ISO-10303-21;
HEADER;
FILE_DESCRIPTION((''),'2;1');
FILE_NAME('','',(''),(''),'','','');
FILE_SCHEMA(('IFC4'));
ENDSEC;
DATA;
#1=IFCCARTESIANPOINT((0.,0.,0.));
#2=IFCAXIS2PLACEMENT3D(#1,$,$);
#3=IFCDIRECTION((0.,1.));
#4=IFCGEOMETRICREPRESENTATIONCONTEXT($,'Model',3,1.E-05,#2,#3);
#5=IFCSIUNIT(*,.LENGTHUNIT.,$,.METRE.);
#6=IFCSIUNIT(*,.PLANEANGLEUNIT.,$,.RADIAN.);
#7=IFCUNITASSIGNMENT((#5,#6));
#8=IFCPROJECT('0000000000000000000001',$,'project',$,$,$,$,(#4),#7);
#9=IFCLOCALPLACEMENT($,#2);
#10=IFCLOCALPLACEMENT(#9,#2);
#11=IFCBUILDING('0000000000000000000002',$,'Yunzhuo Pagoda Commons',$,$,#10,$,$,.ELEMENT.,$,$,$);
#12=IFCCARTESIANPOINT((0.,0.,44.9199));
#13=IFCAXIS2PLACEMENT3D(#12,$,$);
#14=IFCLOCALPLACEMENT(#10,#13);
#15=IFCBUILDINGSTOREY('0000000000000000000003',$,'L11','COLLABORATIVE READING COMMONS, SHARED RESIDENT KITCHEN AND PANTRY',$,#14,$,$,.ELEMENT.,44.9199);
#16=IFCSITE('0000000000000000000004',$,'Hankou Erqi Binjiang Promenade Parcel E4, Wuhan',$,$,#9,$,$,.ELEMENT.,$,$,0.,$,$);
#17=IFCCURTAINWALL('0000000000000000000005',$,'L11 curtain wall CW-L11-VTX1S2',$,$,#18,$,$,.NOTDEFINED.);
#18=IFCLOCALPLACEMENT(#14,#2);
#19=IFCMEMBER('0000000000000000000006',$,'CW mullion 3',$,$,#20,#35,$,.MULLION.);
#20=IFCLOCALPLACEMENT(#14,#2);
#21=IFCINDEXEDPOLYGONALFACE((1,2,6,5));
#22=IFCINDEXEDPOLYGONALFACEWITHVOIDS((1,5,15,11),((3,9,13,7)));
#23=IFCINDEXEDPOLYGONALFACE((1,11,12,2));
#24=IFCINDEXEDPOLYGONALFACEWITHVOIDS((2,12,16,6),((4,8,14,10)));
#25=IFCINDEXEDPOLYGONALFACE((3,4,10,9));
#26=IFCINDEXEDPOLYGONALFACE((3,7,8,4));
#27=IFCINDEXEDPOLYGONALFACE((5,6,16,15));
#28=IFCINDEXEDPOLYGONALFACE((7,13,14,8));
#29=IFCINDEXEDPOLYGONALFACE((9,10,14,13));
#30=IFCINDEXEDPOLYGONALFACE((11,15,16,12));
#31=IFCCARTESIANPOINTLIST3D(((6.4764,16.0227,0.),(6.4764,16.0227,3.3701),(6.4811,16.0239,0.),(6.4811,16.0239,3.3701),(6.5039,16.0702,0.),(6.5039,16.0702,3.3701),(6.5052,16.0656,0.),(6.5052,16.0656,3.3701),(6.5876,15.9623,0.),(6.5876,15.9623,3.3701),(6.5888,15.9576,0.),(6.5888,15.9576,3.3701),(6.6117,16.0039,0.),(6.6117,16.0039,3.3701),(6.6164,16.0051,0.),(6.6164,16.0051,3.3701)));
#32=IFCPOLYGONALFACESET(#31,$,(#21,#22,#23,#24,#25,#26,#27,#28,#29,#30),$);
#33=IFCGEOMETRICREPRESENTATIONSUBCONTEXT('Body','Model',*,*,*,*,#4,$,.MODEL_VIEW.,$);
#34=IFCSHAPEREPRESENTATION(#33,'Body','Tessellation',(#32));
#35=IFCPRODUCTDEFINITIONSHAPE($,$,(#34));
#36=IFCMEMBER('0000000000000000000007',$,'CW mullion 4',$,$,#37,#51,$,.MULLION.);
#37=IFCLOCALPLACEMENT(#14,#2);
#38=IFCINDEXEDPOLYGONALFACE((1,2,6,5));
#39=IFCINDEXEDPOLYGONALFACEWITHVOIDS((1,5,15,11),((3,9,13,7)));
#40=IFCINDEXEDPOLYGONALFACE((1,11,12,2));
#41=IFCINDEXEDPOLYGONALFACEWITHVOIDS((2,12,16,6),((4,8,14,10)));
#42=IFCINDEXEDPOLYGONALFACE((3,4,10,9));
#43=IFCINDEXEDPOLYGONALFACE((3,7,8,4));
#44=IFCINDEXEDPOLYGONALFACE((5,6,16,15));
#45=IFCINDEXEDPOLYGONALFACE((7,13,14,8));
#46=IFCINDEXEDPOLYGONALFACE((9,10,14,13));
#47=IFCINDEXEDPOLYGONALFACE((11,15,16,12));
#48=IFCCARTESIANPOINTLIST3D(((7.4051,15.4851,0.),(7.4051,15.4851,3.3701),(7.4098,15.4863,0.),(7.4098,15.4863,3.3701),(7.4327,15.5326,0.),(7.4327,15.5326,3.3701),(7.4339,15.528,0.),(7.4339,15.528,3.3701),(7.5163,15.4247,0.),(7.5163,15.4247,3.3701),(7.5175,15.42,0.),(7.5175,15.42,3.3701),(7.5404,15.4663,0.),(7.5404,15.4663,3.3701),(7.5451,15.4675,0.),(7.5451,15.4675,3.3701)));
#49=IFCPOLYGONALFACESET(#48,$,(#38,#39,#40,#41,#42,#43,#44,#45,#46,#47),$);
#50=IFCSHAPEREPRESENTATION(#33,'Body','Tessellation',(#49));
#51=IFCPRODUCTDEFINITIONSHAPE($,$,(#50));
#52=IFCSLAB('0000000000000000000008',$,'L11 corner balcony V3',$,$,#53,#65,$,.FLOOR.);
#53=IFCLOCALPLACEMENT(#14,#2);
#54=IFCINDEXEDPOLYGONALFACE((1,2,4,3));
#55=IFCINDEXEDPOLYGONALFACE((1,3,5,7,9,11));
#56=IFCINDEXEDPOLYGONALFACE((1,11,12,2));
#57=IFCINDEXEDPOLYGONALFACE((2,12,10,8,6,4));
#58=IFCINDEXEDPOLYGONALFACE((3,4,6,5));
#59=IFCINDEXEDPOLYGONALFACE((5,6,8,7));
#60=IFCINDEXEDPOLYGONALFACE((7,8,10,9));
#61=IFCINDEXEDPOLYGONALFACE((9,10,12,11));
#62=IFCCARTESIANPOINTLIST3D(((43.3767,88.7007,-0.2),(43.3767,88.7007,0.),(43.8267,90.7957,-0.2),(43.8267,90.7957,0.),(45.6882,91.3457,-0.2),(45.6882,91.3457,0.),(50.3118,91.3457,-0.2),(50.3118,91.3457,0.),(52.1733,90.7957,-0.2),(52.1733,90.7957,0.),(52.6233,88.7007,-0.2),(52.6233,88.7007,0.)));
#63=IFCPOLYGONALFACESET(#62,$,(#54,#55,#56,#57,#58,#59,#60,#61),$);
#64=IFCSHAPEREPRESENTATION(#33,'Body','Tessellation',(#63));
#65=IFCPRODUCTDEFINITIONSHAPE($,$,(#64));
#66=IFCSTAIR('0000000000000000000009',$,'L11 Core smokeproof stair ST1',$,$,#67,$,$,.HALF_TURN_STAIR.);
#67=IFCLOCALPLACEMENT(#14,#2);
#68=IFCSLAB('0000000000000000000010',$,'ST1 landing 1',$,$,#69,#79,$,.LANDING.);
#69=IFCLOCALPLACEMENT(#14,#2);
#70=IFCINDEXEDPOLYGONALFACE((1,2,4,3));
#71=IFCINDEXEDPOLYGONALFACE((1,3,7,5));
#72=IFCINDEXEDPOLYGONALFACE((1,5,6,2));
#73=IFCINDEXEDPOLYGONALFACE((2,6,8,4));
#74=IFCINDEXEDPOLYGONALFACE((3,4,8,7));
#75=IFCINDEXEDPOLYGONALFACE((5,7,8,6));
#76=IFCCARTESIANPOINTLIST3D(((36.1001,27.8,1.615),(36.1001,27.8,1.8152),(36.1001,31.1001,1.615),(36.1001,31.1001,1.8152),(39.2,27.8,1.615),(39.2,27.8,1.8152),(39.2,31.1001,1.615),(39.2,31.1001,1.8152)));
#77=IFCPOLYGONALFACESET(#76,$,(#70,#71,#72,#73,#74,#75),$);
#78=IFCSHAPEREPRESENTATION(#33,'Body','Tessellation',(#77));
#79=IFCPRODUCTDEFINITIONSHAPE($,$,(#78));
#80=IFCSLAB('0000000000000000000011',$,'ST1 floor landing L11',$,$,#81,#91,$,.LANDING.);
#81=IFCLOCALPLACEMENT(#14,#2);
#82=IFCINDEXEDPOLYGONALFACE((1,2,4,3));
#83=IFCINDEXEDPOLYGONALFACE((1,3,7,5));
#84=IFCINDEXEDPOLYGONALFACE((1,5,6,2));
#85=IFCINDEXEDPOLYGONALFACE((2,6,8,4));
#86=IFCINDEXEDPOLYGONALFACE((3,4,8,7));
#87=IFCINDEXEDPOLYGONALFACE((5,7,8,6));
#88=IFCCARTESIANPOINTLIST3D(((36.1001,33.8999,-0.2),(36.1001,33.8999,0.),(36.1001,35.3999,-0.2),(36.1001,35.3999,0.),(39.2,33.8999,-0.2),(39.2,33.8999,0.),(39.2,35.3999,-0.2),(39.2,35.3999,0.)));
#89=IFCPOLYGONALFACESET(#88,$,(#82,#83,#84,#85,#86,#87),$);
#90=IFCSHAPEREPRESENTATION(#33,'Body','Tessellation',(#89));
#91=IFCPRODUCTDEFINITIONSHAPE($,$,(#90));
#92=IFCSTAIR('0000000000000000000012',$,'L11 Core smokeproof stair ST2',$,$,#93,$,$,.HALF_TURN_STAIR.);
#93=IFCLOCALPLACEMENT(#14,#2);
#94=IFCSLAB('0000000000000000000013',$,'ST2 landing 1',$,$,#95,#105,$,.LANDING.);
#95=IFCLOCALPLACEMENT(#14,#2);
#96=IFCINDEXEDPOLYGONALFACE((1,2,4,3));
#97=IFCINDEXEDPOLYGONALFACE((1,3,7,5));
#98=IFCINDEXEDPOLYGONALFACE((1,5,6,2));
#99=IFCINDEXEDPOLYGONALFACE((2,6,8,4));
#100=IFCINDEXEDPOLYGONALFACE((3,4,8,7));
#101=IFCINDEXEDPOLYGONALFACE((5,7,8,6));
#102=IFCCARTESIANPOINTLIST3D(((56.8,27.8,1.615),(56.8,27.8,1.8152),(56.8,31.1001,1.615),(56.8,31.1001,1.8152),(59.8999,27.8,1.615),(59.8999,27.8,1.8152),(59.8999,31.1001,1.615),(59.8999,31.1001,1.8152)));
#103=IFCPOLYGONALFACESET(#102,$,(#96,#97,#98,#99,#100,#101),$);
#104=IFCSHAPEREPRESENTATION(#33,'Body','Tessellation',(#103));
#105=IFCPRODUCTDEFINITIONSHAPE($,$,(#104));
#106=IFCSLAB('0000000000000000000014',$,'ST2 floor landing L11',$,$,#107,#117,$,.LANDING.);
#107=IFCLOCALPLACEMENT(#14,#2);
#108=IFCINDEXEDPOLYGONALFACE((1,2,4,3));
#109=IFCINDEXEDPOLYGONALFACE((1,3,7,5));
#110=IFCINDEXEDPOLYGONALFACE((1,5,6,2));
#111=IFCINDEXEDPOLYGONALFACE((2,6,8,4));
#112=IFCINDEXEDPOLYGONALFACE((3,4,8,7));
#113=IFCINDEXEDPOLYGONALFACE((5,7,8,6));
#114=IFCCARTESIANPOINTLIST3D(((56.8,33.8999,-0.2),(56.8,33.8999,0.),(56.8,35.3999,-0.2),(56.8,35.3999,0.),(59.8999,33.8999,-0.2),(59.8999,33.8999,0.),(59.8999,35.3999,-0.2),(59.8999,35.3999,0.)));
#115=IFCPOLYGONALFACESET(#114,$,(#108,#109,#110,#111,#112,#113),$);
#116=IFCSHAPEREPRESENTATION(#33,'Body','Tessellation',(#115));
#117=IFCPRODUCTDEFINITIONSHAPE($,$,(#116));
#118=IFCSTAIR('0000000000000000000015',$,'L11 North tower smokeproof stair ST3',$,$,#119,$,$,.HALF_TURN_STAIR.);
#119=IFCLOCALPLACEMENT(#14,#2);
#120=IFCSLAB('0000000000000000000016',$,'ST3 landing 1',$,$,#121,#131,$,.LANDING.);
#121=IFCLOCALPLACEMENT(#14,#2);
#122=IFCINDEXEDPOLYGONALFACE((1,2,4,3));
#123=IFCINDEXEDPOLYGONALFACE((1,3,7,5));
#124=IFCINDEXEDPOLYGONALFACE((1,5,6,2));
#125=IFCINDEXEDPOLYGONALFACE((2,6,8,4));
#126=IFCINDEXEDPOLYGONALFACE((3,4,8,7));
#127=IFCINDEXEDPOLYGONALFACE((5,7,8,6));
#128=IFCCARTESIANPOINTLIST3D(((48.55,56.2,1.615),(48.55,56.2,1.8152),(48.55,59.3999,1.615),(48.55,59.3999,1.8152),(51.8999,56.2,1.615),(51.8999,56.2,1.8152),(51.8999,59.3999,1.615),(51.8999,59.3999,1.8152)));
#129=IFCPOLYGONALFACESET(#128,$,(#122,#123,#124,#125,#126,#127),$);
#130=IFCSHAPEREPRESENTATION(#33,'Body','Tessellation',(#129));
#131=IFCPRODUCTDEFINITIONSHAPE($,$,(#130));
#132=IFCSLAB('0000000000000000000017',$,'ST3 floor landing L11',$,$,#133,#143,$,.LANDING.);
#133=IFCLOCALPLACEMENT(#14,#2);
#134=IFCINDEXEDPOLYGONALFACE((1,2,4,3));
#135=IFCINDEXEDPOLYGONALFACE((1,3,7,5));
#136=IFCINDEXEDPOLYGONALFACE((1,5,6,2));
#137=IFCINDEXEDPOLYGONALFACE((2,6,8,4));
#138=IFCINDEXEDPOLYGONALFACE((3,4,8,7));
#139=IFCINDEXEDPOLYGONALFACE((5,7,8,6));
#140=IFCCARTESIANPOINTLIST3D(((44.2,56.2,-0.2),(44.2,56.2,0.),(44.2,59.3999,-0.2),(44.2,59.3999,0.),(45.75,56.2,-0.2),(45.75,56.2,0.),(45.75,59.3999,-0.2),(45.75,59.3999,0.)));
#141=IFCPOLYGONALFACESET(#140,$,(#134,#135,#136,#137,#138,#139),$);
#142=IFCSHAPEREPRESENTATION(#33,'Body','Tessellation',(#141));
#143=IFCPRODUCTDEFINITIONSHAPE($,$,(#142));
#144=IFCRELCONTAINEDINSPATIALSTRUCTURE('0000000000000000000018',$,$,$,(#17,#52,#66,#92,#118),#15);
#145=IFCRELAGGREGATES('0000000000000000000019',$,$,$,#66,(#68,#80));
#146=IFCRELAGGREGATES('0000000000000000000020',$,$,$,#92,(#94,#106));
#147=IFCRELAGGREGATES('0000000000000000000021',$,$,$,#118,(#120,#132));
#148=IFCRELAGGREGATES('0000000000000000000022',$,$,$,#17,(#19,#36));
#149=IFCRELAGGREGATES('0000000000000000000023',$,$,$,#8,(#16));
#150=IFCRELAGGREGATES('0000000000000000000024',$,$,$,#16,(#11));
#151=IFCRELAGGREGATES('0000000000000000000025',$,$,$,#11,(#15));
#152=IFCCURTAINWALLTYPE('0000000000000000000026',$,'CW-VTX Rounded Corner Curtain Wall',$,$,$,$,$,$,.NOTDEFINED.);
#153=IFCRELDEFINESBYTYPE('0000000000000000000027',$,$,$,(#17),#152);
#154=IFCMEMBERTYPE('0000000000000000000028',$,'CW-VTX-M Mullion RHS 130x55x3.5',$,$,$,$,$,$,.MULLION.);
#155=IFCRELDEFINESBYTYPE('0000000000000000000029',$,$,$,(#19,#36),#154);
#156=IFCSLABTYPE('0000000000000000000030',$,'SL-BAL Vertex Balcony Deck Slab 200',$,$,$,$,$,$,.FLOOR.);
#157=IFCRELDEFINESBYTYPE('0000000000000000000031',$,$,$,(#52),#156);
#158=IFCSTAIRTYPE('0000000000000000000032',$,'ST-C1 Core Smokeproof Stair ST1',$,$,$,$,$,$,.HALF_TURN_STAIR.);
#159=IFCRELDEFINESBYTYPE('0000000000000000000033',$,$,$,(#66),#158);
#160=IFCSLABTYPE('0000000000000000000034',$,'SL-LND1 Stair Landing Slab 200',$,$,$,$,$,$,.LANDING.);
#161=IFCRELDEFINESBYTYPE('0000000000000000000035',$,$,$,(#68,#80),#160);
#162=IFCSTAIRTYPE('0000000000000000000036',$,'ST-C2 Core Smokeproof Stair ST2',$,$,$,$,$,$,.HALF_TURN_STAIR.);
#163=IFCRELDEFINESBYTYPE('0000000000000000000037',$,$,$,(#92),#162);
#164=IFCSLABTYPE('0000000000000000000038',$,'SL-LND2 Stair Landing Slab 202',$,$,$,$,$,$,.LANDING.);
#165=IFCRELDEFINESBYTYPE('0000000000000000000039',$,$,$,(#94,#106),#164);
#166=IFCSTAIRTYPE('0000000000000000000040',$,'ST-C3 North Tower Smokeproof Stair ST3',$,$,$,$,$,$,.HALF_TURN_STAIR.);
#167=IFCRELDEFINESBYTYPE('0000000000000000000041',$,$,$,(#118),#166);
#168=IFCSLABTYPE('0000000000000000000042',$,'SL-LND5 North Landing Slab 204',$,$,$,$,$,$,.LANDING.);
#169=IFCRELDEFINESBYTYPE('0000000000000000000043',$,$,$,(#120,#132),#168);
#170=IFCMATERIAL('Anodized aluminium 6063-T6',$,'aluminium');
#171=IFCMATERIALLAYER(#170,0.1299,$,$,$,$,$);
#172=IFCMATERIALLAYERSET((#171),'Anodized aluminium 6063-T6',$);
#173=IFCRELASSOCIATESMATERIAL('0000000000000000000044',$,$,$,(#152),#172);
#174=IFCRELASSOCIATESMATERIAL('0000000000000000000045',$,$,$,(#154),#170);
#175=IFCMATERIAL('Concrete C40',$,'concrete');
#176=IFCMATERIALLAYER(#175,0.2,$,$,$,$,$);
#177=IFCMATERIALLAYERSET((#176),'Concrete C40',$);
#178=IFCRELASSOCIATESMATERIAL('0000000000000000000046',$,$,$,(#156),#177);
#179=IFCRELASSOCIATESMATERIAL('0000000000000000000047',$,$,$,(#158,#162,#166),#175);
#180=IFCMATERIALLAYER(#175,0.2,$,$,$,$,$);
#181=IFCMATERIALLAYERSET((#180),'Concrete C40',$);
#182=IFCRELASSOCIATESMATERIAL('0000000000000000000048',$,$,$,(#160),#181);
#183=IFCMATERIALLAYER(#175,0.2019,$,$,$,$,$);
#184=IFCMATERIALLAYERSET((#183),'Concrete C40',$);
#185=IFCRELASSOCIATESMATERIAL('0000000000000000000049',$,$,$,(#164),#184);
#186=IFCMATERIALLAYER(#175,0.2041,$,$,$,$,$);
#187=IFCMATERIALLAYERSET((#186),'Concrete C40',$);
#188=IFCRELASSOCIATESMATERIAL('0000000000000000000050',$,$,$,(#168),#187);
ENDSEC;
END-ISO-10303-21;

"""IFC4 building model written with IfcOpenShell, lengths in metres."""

from ifc_helpers import new_model, si_unit, direction, frame, origin, origin_2d, place, context, subcontext, project, spatial, polyline, hollow_rectangle, outline, extrude, source, transform, mapped, material, layer, layer_set, material_profile, profile_set, type_object, element, aggregate, save


model = new_model("IFC4")

# Units and contexts
model_context = context("Model", 3, precision=1e-05, world=origin(), true_north=direction((0.0, 1.0)))
body_context = subcontext(model_context, "Body", "Model", "MODEL_VIEW")
ifc_project = project(units=[si_unit("LENGTHUNIT", "METRE"), si_unit("PLANEANGLEUNIT", "RADIAN")], contexts=[model_context])

# Site, building, storey
site_placement = place(None, origin())
site = spatial("IfcSite", under=ifc_project, at=site_placement, Name="Hankou Erqi Binjiang Promenade Parcel E4, Wuhan", CompositionType="ELEMENT", RefElevation=0.0)
building_placement = place(site_placement, origin())
building = spatial("IfcBuilding", under=site, at=building_placement, Name="Yunzhuo Pagoda Commons", CompositionType="ELEMENT")
storey_placement = place(building_placement, frame((0.0, 0.0, 44.9199)))
storey = spatial("IfcBuildingStorey", under=building, at=storey_placement, Name="L11", Description="COLLABORATIVE READING COMMONS, SHARED RESIDENT KITCHEN AND PANTRY", CompositionType="ELEMENT", Elevation=44.9199)

# Curtain wall
ifc_material_1 = material(Name="Anodized aluminium 6063-T6", Category="aluminium")
ifc_layer_1 = layer(ifc_material_1, 0.1299)
ifc_layer_set_1 = layer_set([ifc_layer_1], Name="Anodized aluminium 6063-T6")
curtain_wall_type = type_object("IfcCurtainWallType", Name="CW-VTX Rounded Corner Curtain Wall", PredefinedType="NOTDEFINED", material=ifc_layer_set_1)
curtain_wall_1_placement = place(storey_placement, origin())
curtain_wall_1 = element("IfcCurtainWall", 1, at=curtain_wall_1_placement, inside=storey, type_object=curtain_wall_type, Name="L11 curtain wall CW-L11-VTX1S2", PredefinedType="NOTDEFINED")

# Members
ifc_material_profile_1 = material_profile(ifc_material_1, hollow_rectangle(XDim=0.0549, YDim=0.1299, WallThickness=0.0034, at=origin_2d()), Name="Anodized aluminium 6063-T6")
ifc_profile_set_1 = profile_set([ifc_material_profile_1], Name="Anodized aluminium 6063-T6")
member_type_1 = type_object("IfcMemberType", Name="CW-VTX-M Mullion RHS 130x55x3.5", PredefinedType="MULLION", material=ifc_profile_set_1)
shared_shape_1 = source(origin(), body_context, "Body", "SweptSolid", [
    extrude(hollow_rectangle(XDim=0.0549, YDim=0.1299, WallThickness=0.0034, at=origin_2d()), origin(), (0.0, 0.0, 1.0), 3.3701),
])
member_1_placement = place(storey_placement, frame((6.5464, 16.0139, 0.0), z_axis=(0.0, 0.0, 1.0), x_axis=(0.501041, 0.865423, 0.0)))
member_1 = element("IfcMember", 2, at=member_1_placement, type_object=member_type_1, Name="CW mullion 3", PredefinedType="MULLION", context=body_context, shape_type="MappedRepresentation", body=[
    mapped(shared_shape_1, transform((0.0, 0.0, 0.0), scale=1.0)),
])
member_2_placement = place(storey_placement, frame((7.4751, 15.4763, 0.0), z_axis=(0.0, 0.0, 1.0), x_axis=(0.501041, 0.865423, 0.0)))
member_2 = element("IfcMember", 3, at=member_2_placement, type_object=member_type_1, Name="CW mullion 4", PredefinedType="MULLION", context=body_context, shape_type="MappedRepresentation", body=[
    mapped(shared_shape_1, transform((0.0, 0.0, 0.0), scale=1.0)),
])

# Slab
ifc_material_2 = material(Name="Concrete C40", Category="concrete")
ifc_layer_2 = layer(ifc_material_2, 0.2)
ifc_layer_set_2 = layer_set([ifc_layer_2], Name="Concrete C40")
slab_type_1 = type_object("IfcSlabType", Name="SL-BAL Vertex Balcony Deck Slab 200", PredefinedType="FLOOR", material=ifc_layer_set_2)
slab_1_placement = place(storey_placement, frame((0.0, 0.0, -0.2)))
element("IfcSlab", 4, at=slab_1_placement, inside=storey, type_object=slab_type_1, Name="L11 corner balcony V3", PredefinedType="FLOOR", context=body_context, shape_type="SweptSolid", body=[
    extrude(outline(polyline([(52.6233, 88.7007), (43.3767, 88.7007), (43.8267, 90.7957), (45.6882, 91.3457), (50.3118, 91.3457), (52.1733, 90.7957), (52.6233, 88.7007)])), origin(), (0.0, 0.0, 1.0), 0.2),
])

# Stairs, slabs
stair_type_1 = type_object("IfcStairType", Name="ST-C1 Core Smokeproof Stair ST1", PredefinedType="HALF_TURN_STAIR", material=ifc_material_2)
stair_1_placement = place(storey_placement, origin())
stair_1 = element("IfcStair", 5, at=stair_1_placement, inside=storey, type_object=stair_type_1, Name="L11 Core smokeproof stair ST1", PredefinedType="HALF_TURN_STAIR")
ifc_layer_3 = layer(ifc_material_2, 0.2)
ifc_layer_set_3 = layer_set([ifc_layer_3], Name="Concrete C40")
slab_type_2 = type_object("IfcSlabType", Name="SL-LND1 Stair Landing Slab 200", PredefinedType="LANDING", material=ifc_layer_set_3)
slab_2_placement = place(storey_placement, frame((0.0, 0.0, 1.615)))
slab_2 = element("IfcSlab", 6, at=slab_2_placement, type_object=slab_type_2, Name="ST1 landing 1", PredefinedType="LANDING", context=body_context, shape_type="SweptSolid", body=[
    extrude(outline(polyline([(36.1001, 31.1001), (36.1001, 27.8), (39.2, 27.8), (39.2, 31.1001), (36.1001, 31.1001)])), origin(), (0.0, 0.0, 1.0), 0.2002),
])
slab_3_placement = place(storey_placement, frame((0.0, 0.0, -0.2)))
slab_3 = element("IfcSlab", 7, at=slab_3_placement, type_object=slab_type_2, Name="ST1 floor landing L11", PredefinedType="LANDING", context=body_context, shape_type="SweptSolid", body=[
    extrude(outline(polyline([(36.1001, 35.3999), (36.1001, 33.8999), (39.2, 33.8999), (39.2, 35.3999), (36.1001, 35.3999)])), origin(), (0.0, 0.0, 1.0), 0.2),
])
aggregate(stair_1, [slab_2, slab_3])
stair_type_2 = type_object("IfcStairType", Name="ST-C2 Core Smokeproof Stair ST2", PredefinedType="HALF_TURN_STAIR", material=ifc_material_2)
stair_2_placement = place(storey_placement, origin())
stair_2 = element("IfcStair", 8, at=stair_2_placement, inside=storey, type_object=stair_type_2, Name="L11 Core smokeproof stair ST2", PredefinedType="HALF_TURN_STAIR")
ifc_layer_4 = layer(ifc_material_2, 0.2019)
ifc_layer_set_4 = layer_set([ifc_layer_4], Name="Concrete C40")
slab_type_3 = type_object("IfcSlabType", Name="SL-LND2 Stair Landing Slab 202", PredefinedType="LANDING", material=ifc_layer_set_4)
slab_4_placement = place(storey_placement, frame((0.0, 0.0, 1.615)))
slab_4 = element("IfcSlab", 9, at=slab_4_placement, type_object=slab_type_3, Name="ST2 landing 1", PredefinedType="LANDING", context=body_context, shape_type="SweptSolid", body=[
    extrude(outline(polyline([(56.8, 31.1001), (56.8, 27.8), (59.8999, 27.8), (59.8999, 31.1001), (56.8, 31.1001)])), origin(), (0.0, 0.0, 1.0), 0.2002),
])
slab_5_placement = place(storey_placement, frame((0.0, 0.0, -0.2)))
slab_5 = element("IfcSlab", 10, at=slab_5_placement, type_object=slab_type_3, Name="ST2 floor landing L11", PredefinedType="LANDING", context=body_context, shape_type="SweptSolid", body=[
    extrude(outline(polyline([(56.8, 35.3999), (56.8, 33.8999), (59.8999, 33.8999), (59.8999, 35.3999), (56.8, 35.3999)])), origin(), (0.0, 0.0, 1.0), 0.2),
])
aggregate(stair_2, [slab_4, slab_5])
stair_type_3 = type_object("IfcStairType", Name="ST-C3 North Tower Smokeproof Stair ST3", PredefinedType="HALF_TURN_STAIR", material=ifc_material_2)
stair_3_placement = place(storey_placement, origin())
stair_3 = element("IfcStair", 11, at=stair_3_placement, inside=storey, type_object=stair_type_3, Name="L11 North tower smokeproof stair ST3", PredefinedType="HALF_TURN_STAIR")
ifc_layer_5 = layer(ifc_material_2, 0.2041)
ifc_layer_set_5 = layer_set([ifc_layer_5], Name="Concrete C40")
slab_type_4 = type_object("IfcSlabType", Name="SL-LND5 North Landing Slab 204", PredefinedType="LANDING", material=ifc_layer_set_5)
slab_6_placement = place(storey_placement, frame((0.0, 0.0, 1.615)))
slab_6 = element("IfcSlab", 12, at=slab_6_placement, type_object=slab_type_4, Name="ST3 landing 1", PredefinedType="LANDING", context=body_context, shape_type="SweptSolid", body=[
    extrude(outline(polyline([(48.55, 56.2), (51.8999, 56.2), (51.8999, 59.3999), (48.55, 59.3999), (48.55, 56.2)])), origin(), (0.0, 0.0, 1.0), 0.2002),
])
slab_7_placement = place(storey_placement, frame((0.0, 0.0, -0.2)))
slab_7 = element("IfcSlab", 13, at=slab_7_placement, type_object=slab_type_4, Name="ST3 floor landing L11", PredefinedType="LANDING", context=body_context, shape_type="SweptSolid", body=[
    extrude(outline(polyline([(44.2, 56.2), (45.75, 56.2), (45.75, 59.3999), (44.2, 59.3999), (44.2, 56.2)])), origin(), (0.0, 0.0, 1.0), 0.2),
])
aggregate(stair_3, [slab_6, slab_7])

aggregate(curtain_wall_1, [member_1, member_2])

save(model, "model.ifc")
